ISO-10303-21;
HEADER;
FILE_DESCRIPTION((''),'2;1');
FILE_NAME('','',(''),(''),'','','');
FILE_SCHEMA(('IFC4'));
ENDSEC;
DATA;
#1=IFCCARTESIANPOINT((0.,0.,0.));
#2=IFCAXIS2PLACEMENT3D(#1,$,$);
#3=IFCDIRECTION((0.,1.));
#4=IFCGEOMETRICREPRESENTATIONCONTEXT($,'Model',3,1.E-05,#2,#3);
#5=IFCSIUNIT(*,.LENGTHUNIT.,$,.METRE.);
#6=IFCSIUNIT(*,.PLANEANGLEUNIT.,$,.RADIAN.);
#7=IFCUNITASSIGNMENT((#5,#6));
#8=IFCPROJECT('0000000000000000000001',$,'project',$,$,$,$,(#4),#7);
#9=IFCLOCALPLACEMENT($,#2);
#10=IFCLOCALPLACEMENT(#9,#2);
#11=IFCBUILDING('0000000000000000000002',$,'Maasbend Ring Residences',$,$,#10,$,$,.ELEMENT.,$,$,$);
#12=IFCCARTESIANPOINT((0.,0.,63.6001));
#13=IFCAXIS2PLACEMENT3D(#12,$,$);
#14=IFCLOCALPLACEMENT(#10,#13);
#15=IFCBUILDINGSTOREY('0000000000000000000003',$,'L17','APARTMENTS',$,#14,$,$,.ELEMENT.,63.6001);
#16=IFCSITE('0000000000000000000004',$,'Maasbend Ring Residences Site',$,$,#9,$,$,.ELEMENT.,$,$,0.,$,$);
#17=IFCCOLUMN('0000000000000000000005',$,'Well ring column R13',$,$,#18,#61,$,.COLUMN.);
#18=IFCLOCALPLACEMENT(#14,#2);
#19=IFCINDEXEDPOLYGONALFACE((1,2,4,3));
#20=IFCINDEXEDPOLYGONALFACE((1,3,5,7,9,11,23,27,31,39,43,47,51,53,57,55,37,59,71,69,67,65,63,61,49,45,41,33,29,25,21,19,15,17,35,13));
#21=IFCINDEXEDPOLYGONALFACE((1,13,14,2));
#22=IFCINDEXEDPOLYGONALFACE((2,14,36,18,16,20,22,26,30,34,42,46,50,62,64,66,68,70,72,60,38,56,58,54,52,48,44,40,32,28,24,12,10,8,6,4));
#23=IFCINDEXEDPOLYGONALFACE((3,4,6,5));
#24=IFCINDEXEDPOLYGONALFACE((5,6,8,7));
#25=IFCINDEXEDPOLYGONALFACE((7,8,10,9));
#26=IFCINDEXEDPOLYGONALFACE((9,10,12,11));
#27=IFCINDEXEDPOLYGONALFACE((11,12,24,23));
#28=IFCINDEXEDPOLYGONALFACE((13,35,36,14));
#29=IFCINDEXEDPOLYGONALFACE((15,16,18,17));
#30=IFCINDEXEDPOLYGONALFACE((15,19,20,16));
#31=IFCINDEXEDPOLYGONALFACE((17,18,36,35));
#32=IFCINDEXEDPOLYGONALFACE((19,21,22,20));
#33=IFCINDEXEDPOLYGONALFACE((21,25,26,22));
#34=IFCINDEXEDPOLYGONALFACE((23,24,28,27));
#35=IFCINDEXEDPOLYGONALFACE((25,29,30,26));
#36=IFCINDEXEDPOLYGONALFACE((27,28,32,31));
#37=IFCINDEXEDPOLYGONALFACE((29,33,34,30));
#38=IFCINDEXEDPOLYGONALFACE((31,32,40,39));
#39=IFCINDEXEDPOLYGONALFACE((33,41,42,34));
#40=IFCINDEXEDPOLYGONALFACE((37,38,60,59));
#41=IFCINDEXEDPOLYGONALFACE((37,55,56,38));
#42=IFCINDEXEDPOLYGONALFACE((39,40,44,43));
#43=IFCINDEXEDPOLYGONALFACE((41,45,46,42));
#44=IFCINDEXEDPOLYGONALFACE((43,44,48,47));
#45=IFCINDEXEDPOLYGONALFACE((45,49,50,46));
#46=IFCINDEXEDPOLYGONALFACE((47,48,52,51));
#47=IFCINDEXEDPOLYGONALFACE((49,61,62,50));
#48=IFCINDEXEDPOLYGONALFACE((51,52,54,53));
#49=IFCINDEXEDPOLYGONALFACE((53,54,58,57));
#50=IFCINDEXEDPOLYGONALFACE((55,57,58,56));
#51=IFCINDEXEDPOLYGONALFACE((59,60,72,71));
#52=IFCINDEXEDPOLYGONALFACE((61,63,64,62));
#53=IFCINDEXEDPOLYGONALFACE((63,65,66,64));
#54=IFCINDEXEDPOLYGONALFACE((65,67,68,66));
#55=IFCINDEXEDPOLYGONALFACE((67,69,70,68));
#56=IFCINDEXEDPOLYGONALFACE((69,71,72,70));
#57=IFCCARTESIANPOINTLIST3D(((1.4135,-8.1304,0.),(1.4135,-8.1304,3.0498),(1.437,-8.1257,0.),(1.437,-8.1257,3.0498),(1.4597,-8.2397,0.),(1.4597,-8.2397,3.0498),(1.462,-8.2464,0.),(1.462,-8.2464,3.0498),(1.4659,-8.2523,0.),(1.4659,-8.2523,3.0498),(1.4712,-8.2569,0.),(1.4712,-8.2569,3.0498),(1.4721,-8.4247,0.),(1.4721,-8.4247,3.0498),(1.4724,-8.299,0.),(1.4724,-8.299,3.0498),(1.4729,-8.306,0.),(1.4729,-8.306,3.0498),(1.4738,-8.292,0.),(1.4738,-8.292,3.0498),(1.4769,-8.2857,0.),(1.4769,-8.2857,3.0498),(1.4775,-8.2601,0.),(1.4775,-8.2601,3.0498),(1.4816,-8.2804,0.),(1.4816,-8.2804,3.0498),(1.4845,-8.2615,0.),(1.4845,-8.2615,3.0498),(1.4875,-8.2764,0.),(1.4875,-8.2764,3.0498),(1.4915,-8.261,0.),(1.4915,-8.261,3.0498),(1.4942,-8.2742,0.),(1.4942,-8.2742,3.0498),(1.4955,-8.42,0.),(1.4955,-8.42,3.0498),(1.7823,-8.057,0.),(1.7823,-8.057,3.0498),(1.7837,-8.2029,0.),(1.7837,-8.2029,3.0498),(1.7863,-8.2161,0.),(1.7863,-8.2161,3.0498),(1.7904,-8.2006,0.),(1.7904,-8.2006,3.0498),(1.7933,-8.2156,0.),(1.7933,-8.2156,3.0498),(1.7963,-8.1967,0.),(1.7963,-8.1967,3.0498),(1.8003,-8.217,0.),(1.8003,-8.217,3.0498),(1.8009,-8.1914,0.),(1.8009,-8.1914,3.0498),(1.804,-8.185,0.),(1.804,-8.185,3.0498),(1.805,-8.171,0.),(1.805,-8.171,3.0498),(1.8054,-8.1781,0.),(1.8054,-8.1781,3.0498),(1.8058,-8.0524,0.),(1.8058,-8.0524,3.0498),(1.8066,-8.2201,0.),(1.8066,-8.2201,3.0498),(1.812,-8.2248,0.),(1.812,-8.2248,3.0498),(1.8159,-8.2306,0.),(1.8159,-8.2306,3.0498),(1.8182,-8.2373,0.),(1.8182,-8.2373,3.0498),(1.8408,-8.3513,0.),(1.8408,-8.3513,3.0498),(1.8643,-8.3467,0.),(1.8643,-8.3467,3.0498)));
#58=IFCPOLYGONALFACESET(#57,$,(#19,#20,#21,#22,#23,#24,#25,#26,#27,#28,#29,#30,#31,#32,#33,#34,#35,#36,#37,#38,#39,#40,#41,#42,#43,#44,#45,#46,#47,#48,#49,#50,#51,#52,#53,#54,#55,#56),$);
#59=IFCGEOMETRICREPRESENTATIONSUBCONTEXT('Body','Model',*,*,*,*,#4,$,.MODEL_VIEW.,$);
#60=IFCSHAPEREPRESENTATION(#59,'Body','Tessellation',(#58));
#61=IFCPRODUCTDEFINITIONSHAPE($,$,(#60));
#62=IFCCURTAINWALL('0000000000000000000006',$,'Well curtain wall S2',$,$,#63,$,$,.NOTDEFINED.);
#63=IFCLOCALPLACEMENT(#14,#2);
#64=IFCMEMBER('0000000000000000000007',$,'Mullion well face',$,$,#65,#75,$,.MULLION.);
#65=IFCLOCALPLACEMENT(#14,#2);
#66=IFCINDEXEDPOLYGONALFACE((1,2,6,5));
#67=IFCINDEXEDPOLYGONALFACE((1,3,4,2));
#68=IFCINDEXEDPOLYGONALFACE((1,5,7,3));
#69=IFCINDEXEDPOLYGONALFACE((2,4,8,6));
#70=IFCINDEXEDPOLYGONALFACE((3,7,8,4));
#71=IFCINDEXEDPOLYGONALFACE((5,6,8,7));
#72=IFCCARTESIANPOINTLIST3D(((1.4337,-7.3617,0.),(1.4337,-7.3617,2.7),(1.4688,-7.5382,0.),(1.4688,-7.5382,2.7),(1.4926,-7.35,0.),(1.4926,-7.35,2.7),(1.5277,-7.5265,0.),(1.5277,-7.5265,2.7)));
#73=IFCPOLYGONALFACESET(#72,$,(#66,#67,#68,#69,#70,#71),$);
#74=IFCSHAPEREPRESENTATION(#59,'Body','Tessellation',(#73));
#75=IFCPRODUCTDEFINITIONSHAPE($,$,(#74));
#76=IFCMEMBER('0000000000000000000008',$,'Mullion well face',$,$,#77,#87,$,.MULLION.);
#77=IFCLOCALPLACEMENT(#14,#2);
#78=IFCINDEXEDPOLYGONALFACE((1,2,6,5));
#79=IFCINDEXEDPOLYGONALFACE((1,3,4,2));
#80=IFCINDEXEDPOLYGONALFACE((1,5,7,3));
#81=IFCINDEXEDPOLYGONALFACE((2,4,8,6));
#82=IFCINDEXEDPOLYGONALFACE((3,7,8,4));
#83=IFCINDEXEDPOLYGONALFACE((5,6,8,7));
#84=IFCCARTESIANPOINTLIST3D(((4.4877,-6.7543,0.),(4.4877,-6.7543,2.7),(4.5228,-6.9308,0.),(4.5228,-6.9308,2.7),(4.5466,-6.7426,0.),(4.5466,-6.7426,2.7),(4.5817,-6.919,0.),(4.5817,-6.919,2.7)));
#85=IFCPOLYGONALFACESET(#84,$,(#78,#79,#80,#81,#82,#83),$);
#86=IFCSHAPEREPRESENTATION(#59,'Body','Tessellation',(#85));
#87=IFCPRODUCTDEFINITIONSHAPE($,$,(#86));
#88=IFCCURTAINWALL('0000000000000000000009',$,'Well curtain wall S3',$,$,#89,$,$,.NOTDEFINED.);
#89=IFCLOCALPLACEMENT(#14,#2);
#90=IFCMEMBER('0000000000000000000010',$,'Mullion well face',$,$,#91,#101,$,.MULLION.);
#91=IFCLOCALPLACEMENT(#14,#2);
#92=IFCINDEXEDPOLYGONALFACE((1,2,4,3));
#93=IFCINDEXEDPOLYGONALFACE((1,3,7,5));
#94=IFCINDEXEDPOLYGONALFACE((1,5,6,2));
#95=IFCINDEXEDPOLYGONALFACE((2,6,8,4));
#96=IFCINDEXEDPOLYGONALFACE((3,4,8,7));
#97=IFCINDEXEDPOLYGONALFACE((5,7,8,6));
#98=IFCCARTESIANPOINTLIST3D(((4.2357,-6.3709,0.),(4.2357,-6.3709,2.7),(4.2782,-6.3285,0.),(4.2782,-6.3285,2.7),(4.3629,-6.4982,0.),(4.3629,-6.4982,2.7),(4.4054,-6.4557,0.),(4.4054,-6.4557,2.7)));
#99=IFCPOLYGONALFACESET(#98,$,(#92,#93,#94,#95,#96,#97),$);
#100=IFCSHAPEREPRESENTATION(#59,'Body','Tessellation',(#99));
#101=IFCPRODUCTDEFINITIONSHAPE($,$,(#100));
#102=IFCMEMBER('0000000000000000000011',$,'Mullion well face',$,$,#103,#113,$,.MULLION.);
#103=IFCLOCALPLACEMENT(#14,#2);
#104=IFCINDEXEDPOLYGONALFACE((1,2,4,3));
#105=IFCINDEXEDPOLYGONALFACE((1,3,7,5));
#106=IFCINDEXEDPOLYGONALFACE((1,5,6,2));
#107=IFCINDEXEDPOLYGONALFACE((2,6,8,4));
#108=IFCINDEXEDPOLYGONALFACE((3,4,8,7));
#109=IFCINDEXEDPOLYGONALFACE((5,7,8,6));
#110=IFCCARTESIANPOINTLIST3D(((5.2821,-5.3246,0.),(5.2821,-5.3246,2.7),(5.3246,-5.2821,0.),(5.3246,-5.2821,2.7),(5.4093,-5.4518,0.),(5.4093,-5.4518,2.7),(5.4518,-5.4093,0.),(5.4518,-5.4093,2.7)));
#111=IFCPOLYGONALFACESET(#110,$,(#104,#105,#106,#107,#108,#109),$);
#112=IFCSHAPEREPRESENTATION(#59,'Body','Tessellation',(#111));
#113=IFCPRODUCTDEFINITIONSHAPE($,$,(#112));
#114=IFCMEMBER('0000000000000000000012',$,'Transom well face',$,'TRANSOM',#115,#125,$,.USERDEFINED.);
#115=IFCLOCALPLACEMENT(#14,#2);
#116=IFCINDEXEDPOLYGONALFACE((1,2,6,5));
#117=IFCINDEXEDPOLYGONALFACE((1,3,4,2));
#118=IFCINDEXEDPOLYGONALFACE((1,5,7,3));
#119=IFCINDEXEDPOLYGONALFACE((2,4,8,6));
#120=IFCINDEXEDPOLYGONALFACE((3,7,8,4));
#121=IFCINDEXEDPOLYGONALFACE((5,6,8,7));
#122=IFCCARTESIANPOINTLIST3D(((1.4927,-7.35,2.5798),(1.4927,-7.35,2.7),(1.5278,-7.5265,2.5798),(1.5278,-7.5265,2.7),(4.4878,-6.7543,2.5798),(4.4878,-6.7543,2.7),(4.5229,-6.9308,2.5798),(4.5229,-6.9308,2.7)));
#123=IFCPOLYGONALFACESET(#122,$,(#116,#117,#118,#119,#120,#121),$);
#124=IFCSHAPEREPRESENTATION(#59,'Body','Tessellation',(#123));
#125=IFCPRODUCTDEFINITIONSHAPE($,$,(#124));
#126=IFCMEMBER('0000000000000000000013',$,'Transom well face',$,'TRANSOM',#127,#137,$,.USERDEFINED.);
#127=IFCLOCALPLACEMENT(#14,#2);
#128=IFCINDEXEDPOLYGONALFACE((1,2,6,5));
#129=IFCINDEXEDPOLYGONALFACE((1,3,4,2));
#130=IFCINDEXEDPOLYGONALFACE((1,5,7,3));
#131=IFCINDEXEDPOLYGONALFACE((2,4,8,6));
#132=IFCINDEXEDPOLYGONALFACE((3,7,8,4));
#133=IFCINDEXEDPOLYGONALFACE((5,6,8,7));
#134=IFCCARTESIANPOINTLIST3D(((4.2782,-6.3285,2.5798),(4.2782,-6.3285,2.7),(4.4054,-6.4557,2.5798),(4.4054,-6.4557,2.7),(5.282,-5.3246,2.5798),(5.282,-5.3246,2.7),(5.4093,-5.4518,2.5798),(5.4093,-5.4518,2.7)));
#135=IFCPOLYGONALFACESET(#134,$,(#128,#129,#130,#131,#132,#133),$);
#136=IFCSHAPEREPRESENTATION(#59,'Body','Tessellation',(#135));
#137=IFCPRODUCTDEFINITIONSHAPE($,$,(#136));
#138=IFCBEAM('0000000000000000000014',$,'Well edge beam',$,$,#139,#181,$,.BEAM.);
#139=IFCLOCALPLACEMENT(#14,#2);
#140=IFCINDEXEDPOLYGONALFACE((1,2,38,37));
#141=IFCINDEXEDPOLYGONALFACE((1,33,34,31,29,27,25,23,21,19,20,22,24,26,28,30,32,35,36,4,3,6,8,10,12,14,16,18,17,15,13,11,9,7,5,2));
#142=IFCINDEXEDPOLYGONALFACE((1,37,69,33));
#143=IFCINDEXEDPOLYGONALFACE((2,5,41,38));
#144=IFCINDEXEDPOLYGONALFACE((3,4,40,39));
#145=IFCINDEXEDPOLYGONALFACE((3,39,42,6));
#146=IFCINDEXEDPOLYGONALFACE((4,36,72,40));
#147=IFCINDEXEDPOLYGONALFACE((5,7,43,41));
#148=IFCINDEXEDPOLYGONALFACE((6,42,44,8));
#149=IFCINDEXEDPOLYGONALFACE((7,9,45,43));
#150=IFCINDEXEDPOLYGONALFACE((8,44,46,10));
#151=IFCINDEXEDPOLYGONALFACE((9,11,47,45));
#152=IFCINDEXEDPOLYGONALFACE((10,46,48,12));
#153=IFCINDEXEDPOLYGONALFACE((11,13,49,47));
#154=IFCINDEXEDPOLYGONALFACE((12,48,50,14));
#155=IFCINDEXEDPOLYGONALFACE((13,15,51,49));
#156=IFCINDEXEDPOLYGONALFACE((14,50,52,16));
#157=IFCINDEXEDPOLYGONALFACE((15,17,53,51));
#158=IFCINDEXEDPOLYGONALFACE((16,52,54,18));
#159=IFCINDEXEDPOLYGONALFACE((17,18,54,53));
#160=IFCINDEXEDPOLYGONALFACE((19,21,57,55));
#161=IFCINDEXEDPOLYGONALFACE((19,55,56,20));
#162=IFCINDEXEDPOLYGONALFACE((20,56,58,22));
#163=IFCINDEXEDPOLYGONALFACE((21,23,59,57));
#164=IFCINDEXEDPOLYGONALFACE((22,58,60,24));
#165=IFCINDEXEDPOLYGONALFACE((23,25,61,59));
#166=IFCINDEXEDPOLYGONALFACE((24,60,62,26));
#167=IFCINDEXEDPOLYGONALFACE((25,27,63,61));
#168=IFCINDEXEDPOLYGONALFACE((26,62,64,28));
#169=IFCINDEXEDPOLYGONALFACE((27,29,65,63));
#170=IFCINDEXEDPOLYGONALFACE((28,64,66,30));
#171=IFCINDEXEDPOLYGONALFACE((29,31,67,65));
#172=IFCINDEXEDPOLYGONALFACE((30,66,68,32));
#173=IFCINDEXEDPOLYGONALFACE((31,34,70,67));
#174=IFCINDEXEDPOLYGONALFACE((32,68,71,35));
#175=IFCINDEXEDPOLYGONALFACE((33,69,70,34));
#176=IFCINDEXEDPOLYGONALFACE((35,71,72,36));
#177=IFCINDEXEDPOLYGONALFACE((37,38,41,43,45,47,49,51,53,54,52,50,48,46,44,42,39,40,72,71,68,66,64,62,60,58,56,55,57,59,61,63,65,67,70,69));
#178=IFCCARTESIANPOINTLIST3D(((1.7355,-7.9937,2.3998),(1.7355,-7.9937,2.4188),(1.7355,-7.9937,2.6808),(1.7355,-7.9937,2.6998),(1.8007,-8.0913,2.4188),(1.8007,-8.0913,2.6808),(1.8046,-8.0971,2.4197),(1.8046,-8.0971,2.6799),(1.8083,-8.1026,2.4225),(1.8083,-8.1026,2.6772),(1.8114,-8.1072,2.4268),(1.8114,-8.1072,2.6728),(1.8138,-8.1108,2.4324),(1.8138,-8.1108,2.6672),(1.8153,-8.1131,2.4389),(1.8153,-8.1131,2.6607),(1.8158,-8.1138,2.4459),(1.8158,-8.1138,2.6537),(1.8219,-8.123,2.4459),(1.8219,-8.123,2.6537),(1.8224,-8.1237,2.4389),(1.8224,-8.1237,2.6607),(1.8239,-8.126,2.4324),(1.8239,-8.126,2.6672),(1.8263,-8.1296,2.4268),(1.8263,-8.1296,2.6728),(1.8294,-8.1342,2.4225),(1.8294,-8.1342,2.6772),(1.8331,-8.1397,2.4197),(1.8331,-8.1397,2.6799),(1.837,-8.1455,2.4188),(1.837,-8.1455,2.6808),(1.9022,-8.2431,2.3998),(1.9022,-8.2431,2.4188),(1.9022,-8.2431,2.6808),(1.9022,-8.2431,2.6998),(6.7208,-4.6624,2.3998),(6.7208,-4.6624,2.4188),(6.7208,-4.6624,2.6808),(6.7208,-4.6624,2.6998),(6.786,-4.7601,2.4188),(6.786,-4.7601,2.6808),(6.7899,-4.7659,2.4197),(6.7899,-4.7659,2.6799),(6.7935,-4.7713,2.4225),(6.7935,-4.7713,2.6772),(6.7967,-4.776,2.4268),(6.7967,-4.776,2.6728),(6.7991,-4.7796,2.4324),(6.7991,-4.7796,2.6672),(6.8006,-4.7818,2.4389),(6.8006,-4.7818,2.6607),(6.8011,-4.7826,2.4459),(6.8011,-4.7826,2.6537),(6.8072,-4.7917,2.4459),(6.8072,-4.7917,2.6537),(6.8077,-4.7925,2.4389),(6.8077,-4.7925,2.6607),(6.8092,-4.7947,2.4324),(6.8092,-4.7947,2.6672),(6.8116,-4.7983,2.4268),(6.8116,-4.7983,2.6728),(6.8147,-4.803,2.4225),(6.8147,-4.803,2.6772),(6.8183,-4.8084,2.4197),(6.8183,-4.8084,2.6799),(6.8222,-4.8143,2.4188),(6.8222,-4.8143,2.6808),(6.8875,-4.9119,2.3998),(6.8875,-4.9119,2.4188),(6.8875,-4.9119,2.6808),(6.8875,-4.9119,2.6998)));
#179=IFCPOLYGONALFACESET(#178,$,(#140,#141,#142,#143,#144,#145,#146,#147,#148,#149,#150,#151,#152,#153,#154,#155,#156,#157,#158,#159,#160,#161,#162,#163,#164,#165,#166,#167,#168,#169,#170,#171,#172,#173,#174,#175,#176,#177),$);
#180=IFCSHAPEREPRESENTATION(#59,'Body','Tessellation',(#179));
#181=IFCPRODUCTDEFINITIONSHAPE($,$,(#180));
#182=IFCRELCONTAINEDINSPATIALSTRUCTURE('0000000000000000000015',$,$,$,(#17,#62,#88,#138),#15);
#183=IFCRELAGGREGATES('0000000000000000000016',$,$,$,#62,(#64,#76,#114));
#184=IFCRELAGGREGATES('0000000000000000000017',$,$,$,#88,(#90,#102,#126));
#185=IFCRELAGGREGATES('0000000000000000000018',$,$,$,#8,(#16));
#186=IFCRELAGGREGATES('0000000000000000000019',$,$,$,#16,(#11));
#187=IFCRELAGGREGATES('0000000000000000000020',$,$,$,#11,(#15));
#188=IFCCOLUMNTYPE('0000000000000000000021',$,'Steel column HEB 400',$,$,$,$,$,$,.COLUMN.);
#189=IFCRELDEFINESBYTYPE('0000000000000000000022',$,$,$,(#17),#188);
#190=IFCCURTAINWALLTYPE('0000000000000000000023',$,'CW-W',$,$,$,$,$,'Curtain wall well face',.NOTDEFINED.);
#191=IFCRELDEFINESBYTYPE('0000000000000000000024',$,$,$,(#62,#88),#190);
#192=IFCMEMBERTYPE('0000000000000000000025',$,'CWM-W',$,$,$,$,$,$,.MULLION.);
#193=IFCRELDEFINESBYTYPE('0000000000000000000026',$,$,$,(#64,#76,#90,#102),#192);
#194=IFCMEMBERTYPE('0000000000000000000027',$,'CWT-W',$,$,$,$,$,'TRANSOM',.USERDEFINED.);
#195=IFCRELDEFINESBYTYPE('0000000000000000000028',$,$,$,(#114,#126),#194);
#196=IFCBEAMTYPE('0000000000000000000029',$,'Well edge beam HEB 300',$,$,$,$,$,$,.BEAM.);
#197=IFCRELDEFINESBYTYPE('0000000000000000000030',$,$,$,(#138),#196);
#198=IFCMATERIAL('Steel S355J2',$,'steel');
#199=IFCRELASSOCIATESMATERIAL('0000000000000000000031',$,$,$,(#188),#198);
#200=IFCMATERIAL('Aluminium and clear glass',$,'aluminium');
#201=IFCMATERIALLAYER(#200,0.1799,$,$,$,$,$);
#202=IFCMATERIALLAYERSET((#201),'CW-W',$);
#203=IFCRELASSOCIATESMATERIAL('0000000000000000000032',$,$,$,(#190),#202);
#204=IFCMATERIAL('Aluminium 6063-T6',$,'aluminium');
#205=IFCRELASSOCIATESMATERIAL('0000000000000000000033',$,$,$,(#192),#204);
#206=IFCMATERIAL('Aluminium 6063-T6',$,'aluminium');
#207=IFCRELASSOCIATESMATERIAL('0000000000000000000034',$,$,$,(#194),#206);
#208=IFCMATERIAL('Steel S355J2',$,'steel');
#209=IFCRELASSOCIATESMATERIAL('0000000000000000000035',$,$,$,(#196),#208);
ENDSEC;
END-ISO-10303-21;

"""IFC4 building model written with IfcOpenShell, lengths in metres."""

from ifc_helpers import new_model, si_unit, direction, frame, origin, origin_2d, place, context, subcontext, project, spatial, rectangle, i_section, extrude, material, layer, layer_set, material_profile, profile_set, type_object, element, aggregate, save


model = new_model("IFC4")

# Units and contexts
model_context = context("Model", 3, precision=1e-05, world=origin(), true_north=direction((0.0, 1.0)))
body_context = subcontext(model_context, "Body", "Model", "MODEL_VIEW")
ifc_project = project(units=[si_unit("LENGTHUNIT", "METRE"), si_unit("PLANEANGLEUNIT", "RADIAN")], contexts=[model_context])

# Site, building, storey
site_placement = place(None, origin())
site = spatial("IfcSite", under=ifc_project, at=site_placement, Name="Maasbend Ring Residences Site", CompositionType="ELEMENT", RefElevation=0.0)
building_placement = place(site_placement, origin())
building = spatial("IfcBuilding", under=site, at=building_placement, Name="Maasbend Ring Residences", CompositionType="ELEMENT")
storey_placement = place(building_placement, frame((0.0, 0.0, 63.6001)))
storey = spatial("IfcBuildingStorey", under=building, at=storey_placement, Name="L17", Description="APARTMENTS", CompositionType="ELEMENT", Elevation=63.6001)

# Column
ifc_material_1 = material(Name="Steel S355J2", Category="steel")
ifc_material_profile_1 = material_profile(ifc_material_1, i_section(OverallWidth=0.3, OverallDepth=0.3999, WebThickness=0.0134, FlangeThickness=0.0239, FilletRadius=0.0271, at=origin_2d()), Name="HEB 400")
ifc_profile_set_1 = profile_set([ifc_material_profile_1], Name="Steel S355J2")
column_type = type_object("IfcColumnType", Name="Steel column HEB 400", PredefinedType="COLUMN", material=ifc_profile_set_1)
column_placement = place(storey_placement, frame((1.6389, -8.2385, 0.0), z_axis=(0.0, 0.0, 1.0), x_axis=(0.19509, -0.980785, 0.0)))
element("IfcColumn", 1, at=column_placement, inside=storey, type_object=column_type, Name="Well ring column R13", PredefinedType="COLUMN", context=body_context, shape_type="SweptSolid", body=[
    extrude(i_section(OverallWidth=0.3, OverallDepth=0.3999, WebThickness=0.0134, FlangeThickness=0.0239, FilletRadius=0.0271, at=origin_2d()), origin(), (0.0, 0.0, 1.0), 3.0498),
])

# Curtain walls, members
ifc_material_2 = material(Name="Aluminium and clear glass", Category="aluminium")
ifc_layer_1 = layer(ifc_material_2, 0.1799)
ifc_layer_set_1 = layer_set([ifc_layer_1], Name="CW-W")
curtain_wall_type = type_object("IfcCurtainWallType", Name="CW-W", ElementType="Curtain wall well face", PredefinedType="NOTDEFINED", material=ifc_layer_set_1)
curtain_wall_1_placement = place(storey_placement, origin())
curtain_wall_1 = element("IfcCurtainWall", 2, at=curtain_wall_1_placement, inside=storey, type_object=curtain_wall_type, Name="Well curtain wall S2", PredefinedType="NOTDEFINED")
ifc_material_3 = material(Name="Aluminium 6063-T6", Category="aluminium")
ifc_material_profile_2 = material_profile(ifc_material_3, rectangle(XDim=0.1799, YDim=0.0601, at=origin_2d()), Name="AL 180x60")
ifc_profile_set_2 = profile_set([ifc_material_profile_2], Name="Aluminium 6063-T6")
member_type_1 = type_object("IfcMemberType", Name="CWM-W", PredefinedType="MULLION", material=ifc_profile_set_2)
member_1_placement = place(storey_placement, frame((1.4807, -7.4441, 0.0), z_axis=(0.0, 0.0, 1.0), x_axis=(-0.19509, 0.980785, 0.0)))
member_1 = element("IfcMember", 3, at=member_1_placement, type_object=member_type_1, Name="Mullion well face", PredefinedType="MULLION", context=body_context, shape_type="SweptSolid", body=[
    extrude(rectangle(XDim=0.1799, YDim=0.0601, at=origin_2d()), origin(), (0.0, 0.0, 1.0), 2.7),
])
member_2_placement = place(storey_placement, frame((4.5347, -6.8367, 0.0), z_axis=(0.0, 0.0, 1.0), x_axis=(-0.19509, 0.980785, 0.0)))
member_2 = element("IfcMember", 4, at=member_2_placement, type_object=member_type_1, Name="Mullion well face", PredefinedType="MULLION", context=body_context, shape_type="SweptSolid", body=[
    extrude(rectangle(XDim=0.1799, YDim=0.0601, at=origin_2d()), origin(), (0.0, 0.0, 1.0), 2.7),
])
curtain_wall_2_placement = place(storey_placement, origin())
curtain_wall_2 = element("IfcCurtainWall", 5, at=curtain_wall_2_placement, inside=storey, type_object=curtain_wall_type, Name="Well curtain wall S3", PredefinedType="NOTDEFINED")
member_3_placement = place(storey_placement, frame((4.3206, -6.4133, 0.0), z_axis=(0.0, 0.0, 1.0), x_axis=(-0.707107, 0.707107, 0.0)))
member_3 = element("IfcMember", 6, at=member_3_placement, type_object=member_type_1, Name="Mullion well face", PredefinedType="MULLION", context=body_context, shape_type="SweptSolid", body=[
    extrude(rectangle(XDim=0.1799, YDim=0.0601, at=origin_2d()), origin(), (0.0, 0.0, 1.0), 2.7),
])
member_4_placement = place(storey_placement, frame((5.3669, -5.3669, 0.0), z_axis=(0.0, 0.0, 1.0), x_axis=(-0.707107, 0.707107, 0.0)))
member_4 = element("IfcMember", 7, at=member_4_placement, type_object=member_type_1, Name="Mullion well face", PredefinedType="MULLION", context=body_context, shape_type="SweptSolid", body=[
    extrude(rectangle(XDim=0.1799, YDim=0.0601, at=origin_2d()), origin(), (0.0, 0.0, 1.0), 2.7),
])

# Members
ifc_material_4 = material(Name="Aluminium 6063-T6", Category="aluminium")
ifc_material_profile_3 = material_profile(ifc_material_4, rectangle(XDim=0.1799, YDim=0.1201, at=origin_2d()), Name="AL 180x120")
ifc_profile_set_3 = profile_set([ifc_material_profile_3], Name="Aluminium 6063-T6")
member_type_2 = type_object("IfcMemberType", Name="CWT-W", ElementType="TRANSOM", PredefinedType="USERDEFINED", material=ifc_profile_set_3)
member_5_placement = place(storey_placement, frame((1.5103, -7.4382, 2.6399), z_axis=(0.980789, 0.195071, 0.0), x_axis=(-0.195071, 0.980789, 0.0)))
member_5 = element("IfcMember", 8, at=member_5_placement, type_object=member_type_2, Name="Transom well face", ObjectType="TRANSOM", PredefinedType="USERDEFINED", context=body_context, shape_type="SweptSolid", body=[
    extrude(rectangle(XDim=0.1799, YDim=0.1201, at=origin_2d()), origin(), (0.0, 0.0, 1.0), 3.0537),
])
member_6_placement = place(storey_placement, frame((4.3418, -6.3921, 2.6399), z_axis=(0.707107, 0.707107, 0.0), x_axis=(-0.707107, 0.707107, 0.0)))
member_6 = element("IfcMember", 9, at=member_6_placement, type_object=member_type_2, Name="Transom well face", ObjectType="TRANSOM", PredefinedType="USERDEFINED", context=body_context, shape_type="SweptSolid", body=[
    extrude(rectangle(XDim=0.1799, YDim=0.1201, at=origin_2d()), origin(), (0.0, 0.0, 1.0), 1.4197),
])

# Beam
ifc_material_5 = material(Name="Steel S355J2", Category="steel")
ifc_material_profile_4 = material_profile(ifc_material_5, i_section(OverallWidth=0.3, OverallDepth=0.3, WebThickness=0.011, FlangeThickness=0.019, FilletRadius=0.0271, at=origin_2d()), Name="HEB 300")
ifc_profile_set_4 = profile_set([ifc_material_profile_4], Name="Steel S355J2")
beam_type = type_object("IfcBeamType", Name="Well edge beam HEB 300", PredefinedType="BEAM", material=ifc_profile_set_4)
beam_placement = place(storey_placement, frame((1.8188, -8.1184, 2.5498), z_axis=(0.831455, 0.555593, 0.0), x_axis=(-0.555593, 0.831455, 0.0)))
element("IfcBeam", 10, at=beam_placement, inside=storey, type_object=beam_type, Name="Well edge beam", PredefinedType="BEAM", context=body_context, shape_type="SweptSolid", body=[
    extrude(i_section(OverallWidth=0.3, OverallDepth=0.3, WebThickness=0.011, FlangeThickness=0.019, FilletRadius=0.0271, at=origin_2d()), origin(), (0.0, 0.0, 1.0), 5.9958),
])

aggregate(curtain_wall_1, [member_1, member_2, member_5])
aggregate(curtain_wall_2, [member_3, member_4, member_6])

save(model, "model.ifc")
